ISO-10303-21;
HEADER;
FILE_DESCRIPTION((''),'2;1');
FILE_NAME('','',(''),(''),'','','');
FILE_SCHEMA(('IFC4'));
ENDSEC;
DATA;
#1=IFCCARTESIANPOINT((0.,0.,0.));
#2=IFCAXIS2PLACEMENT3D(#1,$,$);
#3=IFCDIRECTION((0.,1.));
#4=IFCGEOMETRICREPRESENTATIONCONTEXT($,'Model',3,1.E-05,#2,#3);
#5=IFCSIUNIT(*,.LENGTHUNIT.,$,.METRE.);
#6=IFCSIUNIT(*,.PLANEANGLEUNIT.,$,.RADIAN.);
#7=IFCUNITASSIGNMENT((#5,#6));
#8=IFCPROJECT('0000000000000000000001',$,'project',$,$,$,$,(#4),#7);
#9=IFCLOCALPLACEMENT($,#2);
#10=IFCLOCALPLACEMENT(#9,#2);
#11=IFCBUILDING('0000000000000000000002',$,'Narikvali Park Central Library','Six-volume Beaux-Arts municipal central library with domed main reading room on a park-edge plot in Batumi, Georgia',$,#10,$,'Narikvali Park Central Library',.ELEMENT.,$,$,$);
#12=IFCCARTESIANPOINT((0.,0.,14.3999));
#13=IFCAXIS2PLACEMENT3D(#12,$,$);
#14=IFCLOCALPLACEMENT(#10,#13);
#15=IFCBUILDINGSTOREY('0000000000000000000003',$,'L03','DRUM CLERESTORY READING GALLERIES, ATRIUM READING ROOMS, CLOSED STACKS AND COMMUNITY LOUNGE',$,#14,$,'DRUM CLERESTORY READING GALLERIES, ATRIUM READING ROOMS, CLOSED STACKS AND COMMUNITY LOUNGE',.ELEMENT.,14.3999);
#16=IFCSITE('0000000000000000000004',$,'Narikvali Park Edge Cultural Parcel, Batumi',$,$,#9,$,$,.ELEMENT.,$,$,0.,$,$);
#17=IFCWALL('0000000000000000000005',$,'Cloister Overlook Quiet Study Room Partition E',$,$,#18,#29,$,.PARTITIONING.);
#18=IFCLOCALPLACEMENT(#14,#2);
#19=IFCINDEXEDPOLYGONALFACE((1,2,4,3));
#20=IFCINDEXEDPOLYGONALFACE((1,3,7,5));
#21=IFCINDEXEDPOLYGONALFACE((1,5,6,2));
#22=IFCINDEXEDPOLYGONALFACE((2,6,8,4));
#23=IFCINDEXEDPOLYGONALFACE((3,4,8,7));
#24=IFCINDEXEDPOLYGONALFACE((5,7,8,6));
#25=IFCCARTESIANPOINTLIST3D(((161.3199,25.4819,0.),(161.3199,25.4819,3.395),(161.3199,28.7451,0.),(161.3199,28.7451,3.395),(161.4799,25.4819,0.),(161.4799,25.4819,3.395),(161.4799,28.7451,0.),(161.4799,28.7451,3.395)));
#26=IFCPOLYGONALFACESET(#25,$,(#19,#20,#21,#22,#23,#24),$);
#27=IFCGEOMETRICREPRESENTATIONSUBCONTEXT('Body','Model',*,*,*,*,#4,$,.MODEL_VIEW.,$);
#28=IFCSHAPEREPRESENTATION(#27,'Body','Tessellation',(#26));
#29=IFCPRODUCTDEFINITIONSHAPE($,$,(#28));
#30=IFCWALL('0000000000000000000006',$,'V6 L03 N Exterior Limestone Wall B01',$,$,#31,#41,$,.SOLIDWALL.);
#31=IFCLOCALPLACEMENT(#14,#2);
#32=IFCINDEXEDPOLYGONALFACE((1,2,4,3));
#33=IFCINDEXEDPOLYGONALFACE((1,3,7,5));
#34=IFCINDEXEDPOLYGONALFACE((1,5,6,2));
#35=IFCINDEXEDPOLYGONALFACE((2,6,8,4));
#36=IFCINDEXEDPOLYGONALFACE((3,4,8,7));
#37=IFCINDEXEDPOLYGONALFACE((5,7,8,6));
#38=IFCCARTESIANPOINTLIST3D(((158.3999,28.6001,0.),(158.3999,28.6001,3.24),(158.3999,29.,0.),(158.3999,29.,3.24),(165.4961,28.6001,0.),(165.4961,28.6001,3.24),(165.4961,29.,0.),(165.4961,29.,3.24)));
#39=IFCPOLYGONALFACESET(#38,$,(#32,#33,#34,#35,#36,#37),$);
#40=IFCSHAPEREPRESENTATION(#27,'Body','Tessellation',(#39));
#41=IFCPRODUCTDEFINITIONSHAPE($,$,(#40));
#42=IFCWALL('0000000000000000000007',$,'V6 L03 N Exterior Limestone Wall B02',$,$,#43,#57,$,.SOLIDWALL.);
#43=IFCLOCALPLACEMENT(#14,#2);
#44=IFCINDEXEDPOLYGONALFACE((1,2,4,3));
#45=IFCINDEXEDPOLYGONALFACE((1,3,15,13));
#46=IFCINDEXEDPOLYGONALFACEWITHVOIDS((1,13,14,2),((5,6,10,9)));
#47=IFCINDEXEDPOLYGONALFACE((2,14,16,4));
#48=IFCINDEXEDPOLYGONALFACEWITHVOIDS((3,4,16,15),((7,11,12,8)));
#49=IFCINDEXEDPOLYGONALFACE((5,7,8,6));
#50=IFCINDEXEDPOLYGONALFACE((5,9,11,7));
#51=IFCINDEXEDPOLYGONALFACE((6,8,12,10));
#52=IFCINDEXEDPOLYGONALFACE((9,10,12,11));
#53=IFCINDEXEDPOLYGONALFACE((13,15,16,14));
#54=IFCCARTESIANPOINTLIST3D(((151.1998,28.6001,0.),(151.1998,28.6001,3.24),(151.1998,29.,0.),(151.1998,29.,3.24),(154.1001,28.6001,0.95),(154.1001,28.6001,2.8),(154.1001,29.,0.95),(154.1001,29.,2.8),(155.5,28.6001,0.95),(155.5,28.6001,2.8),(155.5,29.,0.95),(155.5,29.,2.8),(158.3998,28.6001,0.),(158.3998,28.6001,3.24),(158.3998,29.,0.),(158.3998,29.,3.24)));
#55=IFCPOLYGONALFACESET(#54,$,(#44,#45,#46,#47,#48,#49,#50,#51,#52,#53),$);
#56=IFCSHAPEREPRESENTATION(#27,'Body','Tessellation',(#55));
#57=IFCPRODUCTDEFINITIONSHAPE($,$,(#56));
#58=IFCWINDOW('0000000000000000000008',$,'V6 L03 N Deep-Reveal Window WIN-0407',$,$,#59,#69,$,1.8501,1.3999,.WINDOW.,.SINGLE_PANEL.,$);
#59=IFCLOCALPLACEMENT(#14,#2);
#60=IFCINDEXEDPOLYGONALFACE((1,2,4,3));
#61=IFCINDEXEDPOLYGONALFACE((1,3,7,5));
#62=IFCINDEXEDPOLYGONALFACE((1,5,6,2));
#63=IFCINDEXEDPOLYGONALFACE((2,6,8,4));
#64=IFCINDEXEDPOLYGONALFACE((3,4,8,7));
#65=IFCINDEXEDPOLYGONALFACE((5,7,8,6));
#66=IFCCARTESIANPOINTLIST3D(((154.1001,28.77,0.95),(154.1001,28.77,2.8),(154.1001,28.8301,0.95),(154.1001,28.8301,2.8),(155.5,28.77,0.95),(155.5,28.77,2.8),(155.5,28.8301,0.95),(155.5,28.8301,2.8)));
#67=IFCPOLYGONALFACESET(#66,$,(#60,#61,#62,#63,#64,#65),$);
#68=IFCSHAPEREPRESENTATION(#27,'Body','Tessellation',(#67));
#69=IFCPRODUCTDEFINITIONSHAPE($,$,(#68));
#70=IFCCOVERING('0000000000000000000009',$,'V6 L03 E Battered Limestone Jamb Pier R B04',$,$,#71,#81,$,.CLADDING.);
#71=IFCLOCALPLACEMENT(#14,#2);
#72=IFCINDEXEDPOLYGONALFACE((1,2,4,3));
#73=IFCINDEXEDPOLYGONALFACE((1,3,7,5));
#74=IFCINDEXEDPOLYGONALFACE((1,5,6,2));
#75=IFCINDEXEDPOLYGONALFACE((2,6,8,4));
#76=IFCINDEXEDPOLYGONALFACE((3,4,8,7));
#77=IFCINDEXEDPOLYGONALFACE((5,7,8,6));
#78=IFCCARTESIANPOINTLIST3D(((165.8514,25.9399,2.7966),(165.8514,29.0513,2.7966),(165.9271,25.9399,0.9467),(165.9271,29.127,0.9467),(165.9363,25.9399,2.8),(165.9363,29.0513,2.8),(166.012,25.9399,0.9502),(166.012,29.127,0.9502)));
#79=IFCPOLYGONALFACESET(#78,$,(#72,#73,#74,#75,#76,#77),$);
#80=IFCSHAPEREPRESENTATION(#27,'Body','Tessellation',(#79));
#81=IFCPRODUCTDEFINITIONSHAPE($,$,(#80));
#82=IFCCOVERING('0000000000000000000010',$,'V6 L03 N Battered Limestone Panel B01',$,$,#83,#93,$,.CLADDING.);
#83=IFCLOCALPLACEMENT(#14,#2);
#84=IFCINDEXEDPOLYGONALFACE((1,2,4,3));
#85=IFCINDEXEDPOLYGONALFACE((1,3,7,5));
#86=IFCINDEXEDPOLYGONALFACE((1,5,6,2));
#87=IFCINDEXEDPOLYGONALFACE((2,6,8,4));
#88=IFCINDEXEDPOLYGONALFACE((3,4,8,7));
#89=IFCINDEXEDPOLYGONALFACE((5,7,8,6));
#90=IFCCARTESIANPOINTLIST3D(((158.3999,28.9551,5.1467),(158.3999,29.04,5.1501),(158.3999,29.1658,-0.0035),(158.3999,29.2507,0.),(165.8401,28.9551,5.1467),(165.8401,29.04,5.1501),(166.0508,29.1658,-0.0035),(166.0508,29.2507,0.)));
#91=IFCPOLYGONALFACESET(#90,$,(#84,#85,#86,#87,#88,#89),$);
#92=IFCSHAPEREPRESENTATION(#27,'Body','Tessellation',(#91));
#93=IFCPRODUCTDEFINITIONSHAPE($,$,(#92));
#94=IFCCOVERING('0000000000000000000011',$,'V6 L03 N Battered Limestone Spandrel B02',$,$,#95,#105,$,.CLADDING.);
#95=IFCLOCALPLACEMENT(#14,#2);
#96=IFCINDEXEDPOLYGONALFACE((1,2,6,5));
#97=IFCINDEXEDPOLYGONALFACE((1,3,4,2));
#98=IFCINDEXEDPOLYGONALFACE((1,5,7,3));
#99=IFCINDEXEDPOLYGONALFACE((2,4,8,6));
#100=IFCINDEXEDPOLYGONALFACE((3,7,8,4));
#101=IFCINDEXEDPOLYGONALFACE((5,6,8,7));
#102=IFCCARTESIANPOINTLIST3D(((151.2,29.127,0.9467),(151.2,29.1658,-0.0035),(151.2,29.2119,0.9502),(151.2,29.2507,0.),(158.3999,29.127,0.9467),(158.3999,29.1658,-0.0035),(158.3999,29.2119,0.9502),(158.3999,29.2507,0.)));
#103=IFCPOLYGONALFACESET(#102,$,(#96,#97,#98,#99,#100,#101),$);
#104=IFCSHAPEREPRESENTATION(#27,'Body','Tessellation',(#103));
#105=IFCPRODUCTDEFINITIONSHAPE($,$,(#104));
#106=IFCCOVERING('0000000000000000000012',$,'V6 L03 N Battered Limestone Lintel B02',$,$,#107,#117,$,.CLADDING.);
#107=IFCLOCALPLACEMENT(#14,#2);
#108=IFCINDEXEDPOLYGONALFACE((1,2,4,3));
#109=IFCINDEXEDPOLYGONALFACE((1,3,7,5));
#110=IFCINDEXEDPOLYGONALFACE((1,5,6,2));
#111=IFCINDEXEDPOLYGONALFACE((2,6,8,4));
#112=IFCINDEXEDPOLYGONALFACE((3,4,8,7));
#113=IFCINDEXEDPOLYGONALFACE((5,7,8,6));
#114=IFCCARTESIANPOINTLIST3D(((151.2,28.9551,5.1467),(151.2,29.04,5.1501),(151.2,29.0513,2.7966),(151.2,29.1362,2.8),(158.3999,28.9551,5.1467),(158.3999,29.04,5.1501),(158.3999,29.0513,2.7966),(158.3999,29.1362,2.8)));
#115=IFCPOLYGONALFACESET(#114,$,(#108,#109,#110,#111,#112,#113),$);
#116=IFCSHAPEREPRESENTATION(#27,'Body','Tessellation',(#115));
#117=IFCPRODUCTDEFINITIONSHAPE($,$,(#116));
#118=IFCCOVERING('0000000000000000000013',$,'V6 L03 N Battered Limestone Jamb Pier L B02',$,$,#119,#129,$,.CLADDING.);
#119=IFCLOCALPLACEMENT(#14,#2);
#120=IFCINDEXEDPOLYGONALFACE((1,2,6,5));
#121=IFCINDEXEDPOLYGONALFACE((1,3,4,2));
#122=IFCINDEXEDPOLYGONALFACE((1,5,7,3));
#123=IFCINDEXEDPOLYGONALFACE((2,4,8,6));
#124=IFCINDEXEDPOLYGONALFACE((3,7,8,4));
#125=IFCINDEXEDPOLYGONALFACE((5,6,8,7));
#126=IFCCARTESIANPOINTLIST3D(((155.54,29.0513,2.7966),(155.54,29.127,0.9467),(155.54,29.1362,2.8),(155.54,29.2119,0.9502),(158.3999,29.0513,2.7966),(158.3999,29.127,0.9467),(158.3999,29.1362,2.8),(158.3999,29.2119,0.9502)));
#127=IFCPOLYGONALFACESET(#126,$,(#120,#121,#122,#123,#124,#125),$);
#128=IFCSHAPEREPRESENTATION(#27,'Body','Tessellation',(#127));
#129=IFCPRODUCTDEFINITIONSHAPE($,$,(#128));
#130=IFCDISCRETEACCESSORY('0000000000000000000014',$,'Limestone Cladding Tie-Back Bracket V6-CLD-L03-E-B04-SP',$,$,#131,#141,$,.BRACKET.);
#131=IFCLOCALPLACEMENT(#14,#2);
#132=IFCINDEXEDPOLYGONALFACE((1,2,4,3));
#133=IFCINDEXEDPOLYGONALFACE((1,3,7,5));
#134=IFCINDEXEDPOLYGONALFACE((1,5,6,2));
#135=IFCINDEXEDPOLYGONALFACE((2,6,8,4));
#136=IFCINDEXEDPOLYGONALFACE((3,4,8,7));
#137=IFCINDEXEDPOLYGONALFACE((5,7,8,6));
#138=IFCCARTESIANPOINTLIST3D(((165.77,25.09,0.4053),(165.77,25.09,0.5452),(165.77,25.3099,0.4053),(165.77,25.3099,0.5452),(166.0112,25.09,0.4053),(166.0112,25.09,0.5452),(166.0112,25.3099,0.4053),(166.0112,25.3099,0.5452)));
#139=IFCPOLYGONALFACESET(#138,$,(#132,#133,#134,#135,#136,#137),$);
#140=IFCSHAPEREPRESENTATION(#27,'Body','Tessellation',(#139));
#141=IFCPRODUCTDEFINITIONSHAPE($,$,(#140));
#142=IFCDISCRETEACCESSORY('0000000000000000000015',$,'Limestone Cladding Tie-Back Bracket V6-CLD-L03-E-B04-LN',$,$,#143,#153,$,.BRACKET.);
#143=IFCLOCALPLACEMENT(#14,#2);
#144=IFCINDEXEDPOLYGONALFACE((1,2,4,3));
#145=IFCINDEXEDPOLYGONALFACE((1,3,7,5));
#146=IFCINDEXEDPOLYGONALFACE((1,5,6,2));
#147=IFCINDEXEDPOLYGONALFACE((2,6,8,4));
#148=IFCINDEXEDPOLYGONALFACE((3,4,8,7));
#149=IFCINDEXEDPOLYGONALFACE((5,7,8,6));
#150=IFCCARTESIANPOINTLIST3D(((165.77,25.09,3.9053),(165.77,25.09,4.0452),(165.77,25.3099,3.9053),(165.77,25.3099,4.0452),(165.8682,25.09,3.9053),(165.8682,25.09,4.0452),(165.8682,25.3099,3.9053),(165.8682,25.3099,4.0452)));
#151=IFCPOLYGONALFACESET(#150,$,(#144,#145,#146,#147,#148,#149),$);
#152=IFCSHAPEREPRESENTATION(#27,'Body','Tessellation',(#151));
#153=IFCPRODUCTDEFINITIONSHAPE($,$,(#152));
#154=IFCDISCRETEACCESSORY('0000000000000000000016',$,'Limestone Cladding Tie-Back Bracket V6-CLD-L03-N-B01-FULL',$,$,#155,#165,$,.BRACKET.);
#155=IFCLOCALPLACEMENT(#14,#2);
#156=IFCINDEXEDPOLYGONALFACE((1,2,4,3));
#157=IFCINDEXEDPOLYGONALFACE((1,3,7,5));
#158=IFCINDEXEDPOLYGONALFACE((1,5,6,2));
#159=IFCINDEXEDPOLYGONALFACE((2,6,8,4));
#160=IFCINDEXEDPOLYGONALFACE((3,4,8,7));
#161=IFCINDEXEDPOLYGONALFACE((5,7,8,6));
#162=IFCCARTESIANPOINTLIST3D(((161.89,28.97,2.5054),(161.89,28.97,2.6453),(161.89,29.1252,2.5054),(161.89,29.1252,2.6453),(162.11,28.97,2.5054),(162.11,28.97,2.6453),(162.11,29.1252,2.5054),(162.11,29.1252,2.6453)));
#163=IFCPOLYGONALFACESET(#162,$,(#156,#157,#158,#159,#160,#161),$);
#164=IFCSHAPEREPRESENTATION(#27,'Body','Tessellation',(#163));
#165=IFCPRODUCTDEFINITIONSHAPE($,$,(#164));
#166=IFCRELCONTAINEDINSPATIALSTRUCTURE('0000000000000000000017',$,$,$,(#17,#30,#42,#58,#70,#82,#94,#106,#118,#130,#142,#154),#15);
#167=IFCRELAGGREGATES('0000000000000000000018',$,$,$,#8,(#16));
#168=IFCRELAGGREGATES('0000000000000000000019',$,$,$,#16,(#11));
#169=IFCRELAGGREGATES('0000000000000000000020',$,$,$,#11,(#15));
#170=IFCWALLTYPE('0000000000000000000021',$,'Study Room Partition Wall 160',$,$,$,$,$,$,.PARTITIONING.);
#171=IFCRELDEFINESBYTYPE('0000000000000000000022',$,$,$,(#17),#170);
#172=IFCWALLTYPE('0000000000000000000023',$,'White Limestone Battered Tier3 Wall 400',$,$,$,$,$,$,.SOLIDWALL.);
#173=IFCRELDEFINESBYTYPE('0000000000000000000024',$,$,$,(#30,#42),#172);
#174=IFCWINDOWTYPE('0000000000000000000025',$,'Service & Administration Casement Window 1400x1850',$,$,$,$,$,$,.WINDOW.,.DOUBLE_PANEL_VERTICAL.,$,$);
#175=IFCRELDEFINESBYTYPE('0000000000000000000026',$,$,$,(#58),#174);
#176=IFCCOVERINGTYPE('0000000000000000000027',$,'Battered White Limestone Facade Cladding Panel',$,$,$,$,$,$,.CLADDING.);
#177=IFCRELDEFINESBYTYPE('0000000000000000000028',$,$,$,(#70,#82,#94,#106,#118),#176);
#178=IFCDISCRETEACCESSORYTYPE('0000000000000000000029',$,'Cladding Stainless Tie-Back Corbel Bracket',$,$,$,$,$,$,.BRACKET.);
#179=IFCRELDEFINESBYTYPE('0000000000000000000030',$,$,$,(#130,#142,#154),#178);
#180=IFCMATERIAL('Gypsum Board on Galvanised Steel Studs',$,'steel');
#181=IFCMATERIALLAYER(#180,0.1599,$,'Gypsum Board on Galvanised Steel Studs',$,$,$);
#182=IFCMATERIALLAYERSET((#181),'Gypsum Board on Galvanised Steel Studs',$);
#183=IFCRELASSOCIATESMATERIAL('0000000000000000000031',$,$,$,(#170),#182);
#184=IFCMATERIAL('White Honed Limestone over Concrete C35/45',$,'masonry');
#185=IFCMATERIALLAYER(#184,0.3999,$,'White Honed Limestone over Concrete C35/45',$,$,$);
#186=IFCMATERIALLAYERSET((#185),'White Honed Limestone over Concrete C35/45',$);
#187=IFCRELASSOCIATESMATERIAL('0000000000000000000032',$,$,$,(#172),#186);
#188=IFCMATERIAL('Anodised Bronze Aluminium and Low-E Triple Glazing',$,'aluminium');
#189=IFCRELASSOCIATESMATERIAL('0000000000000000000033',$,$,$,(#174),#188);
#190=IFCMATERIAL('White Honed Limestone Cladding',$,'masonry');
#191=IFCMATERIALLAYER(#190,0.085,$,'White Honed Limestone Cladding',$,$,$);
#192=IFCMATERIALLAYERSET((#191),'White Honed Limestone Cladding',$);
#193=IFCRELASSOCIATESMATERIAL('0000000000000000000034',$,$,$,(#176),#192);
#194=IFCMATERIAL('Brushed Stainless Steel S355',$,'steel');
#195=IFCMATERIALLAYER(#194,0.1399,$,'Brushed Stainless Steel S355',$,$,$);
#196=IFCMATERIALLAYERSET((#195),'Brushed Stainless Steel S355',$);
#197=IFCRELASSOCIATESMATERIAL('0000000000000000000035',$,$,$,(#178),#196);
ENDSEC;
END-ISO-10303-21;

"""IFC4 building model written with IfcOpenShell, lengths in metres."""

from ifc_helpers import new_model, si_unit, direction, frame, frame_2d, origin, origin_2d, place, context, subcontext, project, spatial, polyline, rectangle, outline, extrude, material, layer, layer_set, type_object, element, fill, save


model = new_model("IFC4")

# Units and contexts
model_context = context("Model", 3, precision=1e-05, world=origin(), true_north=direction((0.0, 1.0)))
body_context = subcontext(model_context, "Body", "Model", "MODEL_VIEW")
ifc_project = project(units=[si_unit("LENGTHUNIT", "METRE"), si_unit("PLANEANGLEUNIT", "RADIAN")], contexts=[model_context])

# Site, building, storey
site_placement = place(None, origin())
site = spatial("IfcSite", under=ifc_project, at=site_placement, Name="Narikvali Park Edge Cultural Parcel, Batumi", CompositionType="ELEMENT", RefElevation=0.0)
building_placement = place(site_placement, origin())
building = spatial("IfcBuilding", under=site, at=building_placement, Name="Narikvali Park Central Library", Description="Six-volume Beaux-Arts municipal central library with domed main reading room on a park-edge plot in Batumi, Georgia", LongName="Narikvali Park Central Library", CompositionType="ELEMENT")
storey_placement = place(building_placement, frame((0.0, 0.0, 14.3999)))
storey = spatial("IfcBuildingStorey", under=building, at=storey_placement, Name="L03", Description="DRUM CLERESTORY READING GALLERIES, ATRIUM READING ROOMS, CLOSED STACKS AND COMMUNITY LOUNGE", LongName="DRUM CLERESTORY READING GALLERIES, ATRIUM READING ROOMS, CLOSED STACKS AND COMMUNITY LOUNGE", CompositionType="ELEMENT", Elevation=14.3999)

# Walls
ifc_material_1 = material(Name="Gypsum Board on Galvanised Steel Studs", Category="steel")
ifc_layer_1 = layer(ifc_material_1, 0.1599, Name="Gypsum Board on Galvanised Steel Studs")
ifc_layer_set_1 = layer_set([ifc_layer_1], Name="Gypsum Board on Galvanised Steel Studs")
wall_type_1 = type_object("IfcWallType", Name="Study Room Partition Wall 160", PredefinedType="PARTITIONING", material=ifc_layer_set_1)
wall_1_placement = place(storey_placement, frame((161.3999, 25.4819, 0.0), z_axis=(0.0, 0.0, 1.0), x_axis=(0.0, 1.0, 0.0)))
element("IfcWall", 1, at=wall_1_placement, inside=storey, type_object=wall_type_1, Name="Cloister Overlook Quiet Study Room Partition E", PredefinedType="PARTITIONING", context=body_context, shape_type="SweptSolid", body=[
    extrude(rectangle(XDim=3.2632, YDim=0.1599, at=frame_2d((1.6316, 0.0))), origin(), (0.0, 0.0, 1.0), 3.395),
])
ifc_material_2 = material(Name="White Honed Limestone over Concrete C35/45", Category="masonry")
ifc_layer_2 = layer(ifc_material_2, 0.3999, Name="White Honed Limestone over Concrete C35/45")
ifc_layer_set_2 = layer_set([ifc_layer_2], Name="White Honed Limestone over Concrete C35/45")
wall_type_2 = type_object("IfcWallType", Name="White Limestone Battered Tier3 Wall 400", PredefinedType="SOLIDWALL", material=ifc_layer_set_2)
wall_2_placement = place(storey_placement, frame((165.4961, 28.8, 0.0), z_axis=(0.0, 0.0, 1.0), x_axis=(-1.0, 0.0, 0.0)))
element("IfcWall", 2, at=wall_2_placement, inside=storey, type_object=wall_type_2, Name="V6 L03 N Exterior Limestone Wall B01", PredefinedType="SOLIDWALL", context=body_context, shape_type="SweptSolid", body=[
    extrude(rectangle(XDim=7.0962, YDim=0.3999, at=frame_2d((3.5481, 0.0))), origin(), (0.0, 0.0, 1.0), 3.24),
])

# Wall, opening, window
wall_3_placement = place(storey_placement, frame((158.3999, 28.8, 0.0), z_axis=(0.0, 0.0, 1.0), x_axis=(-1.0, 0.0, 0.0)))
wall_3 = element("IfcWall", 3, at=wall_3_placement, inside=storey, type_object=wall_type_2, Name="V6 L03 N Exterior Limestone Wall B02", PredefinedType="SOLIDWALL", context=body_context, shape_type="SweptSolid", body=[
    extrude(rectangle(XDim=7.2, YDim=0.3999, at=frame_2d((3.6001, 0.0))), origin(), (0.0, 0.0, 1.0), 3.24),
])
opening_placement = place(wall_3_placement, frame((2.8999, 0.0, 0.95)))
opening = element("IfcOpeningElement", 4, at=opening_placement, cuts=wall_3, PredefinedType="OPENING", context=body_context, shape_type="SweptSolid", body=[
    extrude(rectangle(XDim=1.3999, YDim=1.8501, at=frame_2d((0.7, 0.925))), frame((0.0, 0.2119, 0.0), z_axis=(0.0, -1.0, 0.0), x_axis=(1.0, 0.0, 0.0)), (0.0, 0.0, 1.0), 0.4238),
])
ifc_material_3 = material(Name="Anodised Bronze Aluminium and Low-E Triple Glazing", Category="aluminium")
window_type = type_object("IfcWindowType", Name="Service & Administration Casement Window 1400x1850", PartitioningType="DOUBLE_PANEL_VERTICAL", PredefinedType="WINDOW", material=ifc_material_3)
window_placement = place(opening_placement, origin())
window = element("IfcWindow", 5, at=window_placement, inside=storey, type_object=window_type, Name="V6 L03 N Deep-Reveal Window WIN-0407", OverallHeight=1.8501, OverallWidth=1.3999, PartitioningType="SINGLE_PANEL", PredefinedType="WINDOW", context=body_context, shape_type="SweptSolid", body=[
    extrude(rectangle(XDim=1.3999, YDim=1.8501, at=frame_2d((0.7, 0.925))), frame((0.0, 0.03, 0.0), z_axis=(0.0, -1.0, 0.0), x_axis=(1.0, 0.0, 0.0)), (0.0, 0.0, 1.0), 0.0601),
])
fill(opening, window)

# Coverings
ifc_material_4 = material(Name="White Honed Limestone Cladding", Category="masonry")
ifc_layer_3 = layer(ifc_material_4, 0.085, Name="White Honed Limestone Cladding")
ifc_layer_set_3 = layer_set([ifc_layer_3], Name="White Honed Limestone Cladding")
covering_type = type_object("IfcCoveringType", Name="Battered White Limestone Facade Cladding Panel", PredefinedType="CLADDING", material=ifc_layer_set_3)
covering_1_placement = place(storey_placement, frame((166.012, 25.9399, 0.9502), z_axis=(0.999164, 0.0, 0.040879), x_axis=(0.0, 1.0, 0.0)))
element("IfcCovering", 6, at=covering_1_placement, inside=storey, type_object=covering_type, Name="V6 L03 E Battered Limestone Jamb Pier R B04", PredefinedType="CLADDING", context=body_context, shape_type="SweptSolid", body=[
    extrude(outline(polyline([(0.0, 0.0), (3.187, 0.0), (3.1113, 1.8514), (0.0, 1.8514), (0.0, 0.0)])), origin(), (0.0, 0.0, -1.0), 0.085),
])
covering_2_placement = place(storey_placement, frame((166.0508, 29.2507, 0.0), z_axis=(0.0, 0.999164, 0.040876), x_axis=(-1.0, 0.0, 0.0)))
element("IfcCovering", 7, at=covering_2_placement, inside=storey, type_object=covering_type, Name="V6 L03 N Battered Limestone Panel B01", PredefinedType="CLADDING", context=body_context, shape_type="SweptSolid", body=[
    extrude(outline(polyline([(0.0, 0.0), (7.6509, 0.0), (7.6509, 5.1545), (0.2107, 5.1545), (0.0, 0.0)])), origin(), (0.0, 0.0, -1.0), 0.085),
])
covering_3_placement = place(storey_placement, frame((158.3999, 29.2507, 0.0), z_axis=(0.0, 0.999167, 0.040819), x_axis=(-1.0, 0.0, 0.0)))
element("IfcCovering", 8, at=covering_3_placement, inside=storey, type_object=covering_type, Name="V6 L03 N Battered Limestone Spandrel B02", PredefinedType="CLADDING", context=body_context, shape_type="SweptSolid", body=[
    extrude(outline(polyline([(0.0, 0.0), (7.2, 0.0), (7.2, 0.951), (0.0, 0.951), (0.0, 0.0)])), origin(), (0.0, 0.0, -1.0), 0.085),
])
covering_4_placement = place(storey_placement, frame((158.3999, 29.1362, 2.8), z_axis=(0.0, 0.999163, 0.040897), x_axis=(-1.0, 0.0, 0.0)))
element("IfcCovering", 9, at=covering_4_placement, inside=storey, type_object=covering_type, Name="V6 L03 N Battered Limestone Lintel B02", PredefinedType="CLADDING", context=body_context, shape_type="SweptSolid", body=[
    extrude(outline(polyline([(0.0, 0.0), (7.2, 0.0), (7.2, 2.3521), (0.0, 2.3521), (0.0, 0.0)])), origin(), (0.0, 0.0, -1.0), 0.085),
])
covering_5_placement = place(storey_placement, frame((158.3999, 29.2119, 0.9502), z_axis=(0.0, 0.999164, 0.040879), x_axis=(-1.0, 0.0, 0.0)))
element("IfcCovering", 10, at=covering_5_placement, inside=storey, type_object=covering_type, Name="V6 L03 N Battered Limestone Jamb Pier L B02", PredefinedType="CLADDING", context=body_context, shape_type="SweptSolid", body=[
    extrude(outline(polyline([(0.0, 0.0), (2.8599, 0.0), (2.8599, 1.8514), (0.0, 1.8514), (0.0, 0.0)])), origin(), (0.0, 0.0, -1.0), 0.085),
])

# Discrete accessories
ifc_material_5 = material(Name="Brushed Stainless Steel S355", Category="steel")
ifc_layer_4 = layer(ifc_material_5, 0.1399, Name="Brushed Stainless Steel S355")
ifc_layer_set_4 = layer_set([ifc_layer_4], Name="Brushed Stainless Steel S355")
discrete_accessory_type = type_object("IfcDiscreteAccessoryType", Name="Cladding Stainless Tie-Back Corbel Bracket", PredefinedType="BRACKET", material=ifc_layer_set_4)
discrete_accessory_1_placement = place(storey_placement, frame((165.8906, 25.2, 0.4053), z_axis=(0.0, 0.0, 1.0), x_axis=(1.0, 0.0, 0.0)))
element("IfcDiscreteAccessory", 11, at=discrete_accessory_1_placement, inside=storey, type_object=discrete_accessory_type, Name="Limestone Cladding Tie-Back Bracket V6-CLD-L03-E-B04-SP", PredefinedType="BRACKET", context=body_context, shape_type="SweptSolid", body=[
    extrude(rectangle(XDim=0.2412, YDim=0.22, at=origin_2d()), origin(), (0.0, 0.0, 1.0), 0.1399),
])
discrete_accessory_2_placement = place(storey_placement, frame((165.8191, 25.2, 3.9053), z_axis=(0.0, 0.0, 1.0), x_axis=(1.0, 0.0, 0.0)))
element("IfcDiscreteAccessory", 12, at=discrete_accessory_2_placement, inside=storey, type_object=discrete_accessory_type, Name="Limestone Cladding Tie-Back Bracket V6-CLD-L03-E-B04-LN", PredefinedType="BRACKET", context=body_context, shape_type="SweptSolid", body=[
    extrude(rectangle(XDim=0.0981, YDim=0.22, at=origin_2d()), origin(), (0.0, 0.0, 1.0), 0.1399),
])
discrete_accessory_3_placement = place(storey_placement, frame((162.0, 29.0476, 2.5054), z_axis=(0.0, 0.0, 1.0), x_axis=(1.0, 0.0, 0.0)))
element("IfcDiscreteAccessory", 13, at=discrete_accessory_3_placement, inside=storey, type_object=discrete_accessory_type, Name="Limestone Cladding Tie-Back Bracket V6-CLD-L03-N-B01-FULL", PredefinedType="BRACKET", context=body_context, shape_type="SweptSolid", body=[
    extrude(rectangle(XDim=0.22, YDim=0.1553, at=origin_2d()), origin(), (0.0, 0.0, 1.0), 0.1399),
])

save(model, "model.ifc")
